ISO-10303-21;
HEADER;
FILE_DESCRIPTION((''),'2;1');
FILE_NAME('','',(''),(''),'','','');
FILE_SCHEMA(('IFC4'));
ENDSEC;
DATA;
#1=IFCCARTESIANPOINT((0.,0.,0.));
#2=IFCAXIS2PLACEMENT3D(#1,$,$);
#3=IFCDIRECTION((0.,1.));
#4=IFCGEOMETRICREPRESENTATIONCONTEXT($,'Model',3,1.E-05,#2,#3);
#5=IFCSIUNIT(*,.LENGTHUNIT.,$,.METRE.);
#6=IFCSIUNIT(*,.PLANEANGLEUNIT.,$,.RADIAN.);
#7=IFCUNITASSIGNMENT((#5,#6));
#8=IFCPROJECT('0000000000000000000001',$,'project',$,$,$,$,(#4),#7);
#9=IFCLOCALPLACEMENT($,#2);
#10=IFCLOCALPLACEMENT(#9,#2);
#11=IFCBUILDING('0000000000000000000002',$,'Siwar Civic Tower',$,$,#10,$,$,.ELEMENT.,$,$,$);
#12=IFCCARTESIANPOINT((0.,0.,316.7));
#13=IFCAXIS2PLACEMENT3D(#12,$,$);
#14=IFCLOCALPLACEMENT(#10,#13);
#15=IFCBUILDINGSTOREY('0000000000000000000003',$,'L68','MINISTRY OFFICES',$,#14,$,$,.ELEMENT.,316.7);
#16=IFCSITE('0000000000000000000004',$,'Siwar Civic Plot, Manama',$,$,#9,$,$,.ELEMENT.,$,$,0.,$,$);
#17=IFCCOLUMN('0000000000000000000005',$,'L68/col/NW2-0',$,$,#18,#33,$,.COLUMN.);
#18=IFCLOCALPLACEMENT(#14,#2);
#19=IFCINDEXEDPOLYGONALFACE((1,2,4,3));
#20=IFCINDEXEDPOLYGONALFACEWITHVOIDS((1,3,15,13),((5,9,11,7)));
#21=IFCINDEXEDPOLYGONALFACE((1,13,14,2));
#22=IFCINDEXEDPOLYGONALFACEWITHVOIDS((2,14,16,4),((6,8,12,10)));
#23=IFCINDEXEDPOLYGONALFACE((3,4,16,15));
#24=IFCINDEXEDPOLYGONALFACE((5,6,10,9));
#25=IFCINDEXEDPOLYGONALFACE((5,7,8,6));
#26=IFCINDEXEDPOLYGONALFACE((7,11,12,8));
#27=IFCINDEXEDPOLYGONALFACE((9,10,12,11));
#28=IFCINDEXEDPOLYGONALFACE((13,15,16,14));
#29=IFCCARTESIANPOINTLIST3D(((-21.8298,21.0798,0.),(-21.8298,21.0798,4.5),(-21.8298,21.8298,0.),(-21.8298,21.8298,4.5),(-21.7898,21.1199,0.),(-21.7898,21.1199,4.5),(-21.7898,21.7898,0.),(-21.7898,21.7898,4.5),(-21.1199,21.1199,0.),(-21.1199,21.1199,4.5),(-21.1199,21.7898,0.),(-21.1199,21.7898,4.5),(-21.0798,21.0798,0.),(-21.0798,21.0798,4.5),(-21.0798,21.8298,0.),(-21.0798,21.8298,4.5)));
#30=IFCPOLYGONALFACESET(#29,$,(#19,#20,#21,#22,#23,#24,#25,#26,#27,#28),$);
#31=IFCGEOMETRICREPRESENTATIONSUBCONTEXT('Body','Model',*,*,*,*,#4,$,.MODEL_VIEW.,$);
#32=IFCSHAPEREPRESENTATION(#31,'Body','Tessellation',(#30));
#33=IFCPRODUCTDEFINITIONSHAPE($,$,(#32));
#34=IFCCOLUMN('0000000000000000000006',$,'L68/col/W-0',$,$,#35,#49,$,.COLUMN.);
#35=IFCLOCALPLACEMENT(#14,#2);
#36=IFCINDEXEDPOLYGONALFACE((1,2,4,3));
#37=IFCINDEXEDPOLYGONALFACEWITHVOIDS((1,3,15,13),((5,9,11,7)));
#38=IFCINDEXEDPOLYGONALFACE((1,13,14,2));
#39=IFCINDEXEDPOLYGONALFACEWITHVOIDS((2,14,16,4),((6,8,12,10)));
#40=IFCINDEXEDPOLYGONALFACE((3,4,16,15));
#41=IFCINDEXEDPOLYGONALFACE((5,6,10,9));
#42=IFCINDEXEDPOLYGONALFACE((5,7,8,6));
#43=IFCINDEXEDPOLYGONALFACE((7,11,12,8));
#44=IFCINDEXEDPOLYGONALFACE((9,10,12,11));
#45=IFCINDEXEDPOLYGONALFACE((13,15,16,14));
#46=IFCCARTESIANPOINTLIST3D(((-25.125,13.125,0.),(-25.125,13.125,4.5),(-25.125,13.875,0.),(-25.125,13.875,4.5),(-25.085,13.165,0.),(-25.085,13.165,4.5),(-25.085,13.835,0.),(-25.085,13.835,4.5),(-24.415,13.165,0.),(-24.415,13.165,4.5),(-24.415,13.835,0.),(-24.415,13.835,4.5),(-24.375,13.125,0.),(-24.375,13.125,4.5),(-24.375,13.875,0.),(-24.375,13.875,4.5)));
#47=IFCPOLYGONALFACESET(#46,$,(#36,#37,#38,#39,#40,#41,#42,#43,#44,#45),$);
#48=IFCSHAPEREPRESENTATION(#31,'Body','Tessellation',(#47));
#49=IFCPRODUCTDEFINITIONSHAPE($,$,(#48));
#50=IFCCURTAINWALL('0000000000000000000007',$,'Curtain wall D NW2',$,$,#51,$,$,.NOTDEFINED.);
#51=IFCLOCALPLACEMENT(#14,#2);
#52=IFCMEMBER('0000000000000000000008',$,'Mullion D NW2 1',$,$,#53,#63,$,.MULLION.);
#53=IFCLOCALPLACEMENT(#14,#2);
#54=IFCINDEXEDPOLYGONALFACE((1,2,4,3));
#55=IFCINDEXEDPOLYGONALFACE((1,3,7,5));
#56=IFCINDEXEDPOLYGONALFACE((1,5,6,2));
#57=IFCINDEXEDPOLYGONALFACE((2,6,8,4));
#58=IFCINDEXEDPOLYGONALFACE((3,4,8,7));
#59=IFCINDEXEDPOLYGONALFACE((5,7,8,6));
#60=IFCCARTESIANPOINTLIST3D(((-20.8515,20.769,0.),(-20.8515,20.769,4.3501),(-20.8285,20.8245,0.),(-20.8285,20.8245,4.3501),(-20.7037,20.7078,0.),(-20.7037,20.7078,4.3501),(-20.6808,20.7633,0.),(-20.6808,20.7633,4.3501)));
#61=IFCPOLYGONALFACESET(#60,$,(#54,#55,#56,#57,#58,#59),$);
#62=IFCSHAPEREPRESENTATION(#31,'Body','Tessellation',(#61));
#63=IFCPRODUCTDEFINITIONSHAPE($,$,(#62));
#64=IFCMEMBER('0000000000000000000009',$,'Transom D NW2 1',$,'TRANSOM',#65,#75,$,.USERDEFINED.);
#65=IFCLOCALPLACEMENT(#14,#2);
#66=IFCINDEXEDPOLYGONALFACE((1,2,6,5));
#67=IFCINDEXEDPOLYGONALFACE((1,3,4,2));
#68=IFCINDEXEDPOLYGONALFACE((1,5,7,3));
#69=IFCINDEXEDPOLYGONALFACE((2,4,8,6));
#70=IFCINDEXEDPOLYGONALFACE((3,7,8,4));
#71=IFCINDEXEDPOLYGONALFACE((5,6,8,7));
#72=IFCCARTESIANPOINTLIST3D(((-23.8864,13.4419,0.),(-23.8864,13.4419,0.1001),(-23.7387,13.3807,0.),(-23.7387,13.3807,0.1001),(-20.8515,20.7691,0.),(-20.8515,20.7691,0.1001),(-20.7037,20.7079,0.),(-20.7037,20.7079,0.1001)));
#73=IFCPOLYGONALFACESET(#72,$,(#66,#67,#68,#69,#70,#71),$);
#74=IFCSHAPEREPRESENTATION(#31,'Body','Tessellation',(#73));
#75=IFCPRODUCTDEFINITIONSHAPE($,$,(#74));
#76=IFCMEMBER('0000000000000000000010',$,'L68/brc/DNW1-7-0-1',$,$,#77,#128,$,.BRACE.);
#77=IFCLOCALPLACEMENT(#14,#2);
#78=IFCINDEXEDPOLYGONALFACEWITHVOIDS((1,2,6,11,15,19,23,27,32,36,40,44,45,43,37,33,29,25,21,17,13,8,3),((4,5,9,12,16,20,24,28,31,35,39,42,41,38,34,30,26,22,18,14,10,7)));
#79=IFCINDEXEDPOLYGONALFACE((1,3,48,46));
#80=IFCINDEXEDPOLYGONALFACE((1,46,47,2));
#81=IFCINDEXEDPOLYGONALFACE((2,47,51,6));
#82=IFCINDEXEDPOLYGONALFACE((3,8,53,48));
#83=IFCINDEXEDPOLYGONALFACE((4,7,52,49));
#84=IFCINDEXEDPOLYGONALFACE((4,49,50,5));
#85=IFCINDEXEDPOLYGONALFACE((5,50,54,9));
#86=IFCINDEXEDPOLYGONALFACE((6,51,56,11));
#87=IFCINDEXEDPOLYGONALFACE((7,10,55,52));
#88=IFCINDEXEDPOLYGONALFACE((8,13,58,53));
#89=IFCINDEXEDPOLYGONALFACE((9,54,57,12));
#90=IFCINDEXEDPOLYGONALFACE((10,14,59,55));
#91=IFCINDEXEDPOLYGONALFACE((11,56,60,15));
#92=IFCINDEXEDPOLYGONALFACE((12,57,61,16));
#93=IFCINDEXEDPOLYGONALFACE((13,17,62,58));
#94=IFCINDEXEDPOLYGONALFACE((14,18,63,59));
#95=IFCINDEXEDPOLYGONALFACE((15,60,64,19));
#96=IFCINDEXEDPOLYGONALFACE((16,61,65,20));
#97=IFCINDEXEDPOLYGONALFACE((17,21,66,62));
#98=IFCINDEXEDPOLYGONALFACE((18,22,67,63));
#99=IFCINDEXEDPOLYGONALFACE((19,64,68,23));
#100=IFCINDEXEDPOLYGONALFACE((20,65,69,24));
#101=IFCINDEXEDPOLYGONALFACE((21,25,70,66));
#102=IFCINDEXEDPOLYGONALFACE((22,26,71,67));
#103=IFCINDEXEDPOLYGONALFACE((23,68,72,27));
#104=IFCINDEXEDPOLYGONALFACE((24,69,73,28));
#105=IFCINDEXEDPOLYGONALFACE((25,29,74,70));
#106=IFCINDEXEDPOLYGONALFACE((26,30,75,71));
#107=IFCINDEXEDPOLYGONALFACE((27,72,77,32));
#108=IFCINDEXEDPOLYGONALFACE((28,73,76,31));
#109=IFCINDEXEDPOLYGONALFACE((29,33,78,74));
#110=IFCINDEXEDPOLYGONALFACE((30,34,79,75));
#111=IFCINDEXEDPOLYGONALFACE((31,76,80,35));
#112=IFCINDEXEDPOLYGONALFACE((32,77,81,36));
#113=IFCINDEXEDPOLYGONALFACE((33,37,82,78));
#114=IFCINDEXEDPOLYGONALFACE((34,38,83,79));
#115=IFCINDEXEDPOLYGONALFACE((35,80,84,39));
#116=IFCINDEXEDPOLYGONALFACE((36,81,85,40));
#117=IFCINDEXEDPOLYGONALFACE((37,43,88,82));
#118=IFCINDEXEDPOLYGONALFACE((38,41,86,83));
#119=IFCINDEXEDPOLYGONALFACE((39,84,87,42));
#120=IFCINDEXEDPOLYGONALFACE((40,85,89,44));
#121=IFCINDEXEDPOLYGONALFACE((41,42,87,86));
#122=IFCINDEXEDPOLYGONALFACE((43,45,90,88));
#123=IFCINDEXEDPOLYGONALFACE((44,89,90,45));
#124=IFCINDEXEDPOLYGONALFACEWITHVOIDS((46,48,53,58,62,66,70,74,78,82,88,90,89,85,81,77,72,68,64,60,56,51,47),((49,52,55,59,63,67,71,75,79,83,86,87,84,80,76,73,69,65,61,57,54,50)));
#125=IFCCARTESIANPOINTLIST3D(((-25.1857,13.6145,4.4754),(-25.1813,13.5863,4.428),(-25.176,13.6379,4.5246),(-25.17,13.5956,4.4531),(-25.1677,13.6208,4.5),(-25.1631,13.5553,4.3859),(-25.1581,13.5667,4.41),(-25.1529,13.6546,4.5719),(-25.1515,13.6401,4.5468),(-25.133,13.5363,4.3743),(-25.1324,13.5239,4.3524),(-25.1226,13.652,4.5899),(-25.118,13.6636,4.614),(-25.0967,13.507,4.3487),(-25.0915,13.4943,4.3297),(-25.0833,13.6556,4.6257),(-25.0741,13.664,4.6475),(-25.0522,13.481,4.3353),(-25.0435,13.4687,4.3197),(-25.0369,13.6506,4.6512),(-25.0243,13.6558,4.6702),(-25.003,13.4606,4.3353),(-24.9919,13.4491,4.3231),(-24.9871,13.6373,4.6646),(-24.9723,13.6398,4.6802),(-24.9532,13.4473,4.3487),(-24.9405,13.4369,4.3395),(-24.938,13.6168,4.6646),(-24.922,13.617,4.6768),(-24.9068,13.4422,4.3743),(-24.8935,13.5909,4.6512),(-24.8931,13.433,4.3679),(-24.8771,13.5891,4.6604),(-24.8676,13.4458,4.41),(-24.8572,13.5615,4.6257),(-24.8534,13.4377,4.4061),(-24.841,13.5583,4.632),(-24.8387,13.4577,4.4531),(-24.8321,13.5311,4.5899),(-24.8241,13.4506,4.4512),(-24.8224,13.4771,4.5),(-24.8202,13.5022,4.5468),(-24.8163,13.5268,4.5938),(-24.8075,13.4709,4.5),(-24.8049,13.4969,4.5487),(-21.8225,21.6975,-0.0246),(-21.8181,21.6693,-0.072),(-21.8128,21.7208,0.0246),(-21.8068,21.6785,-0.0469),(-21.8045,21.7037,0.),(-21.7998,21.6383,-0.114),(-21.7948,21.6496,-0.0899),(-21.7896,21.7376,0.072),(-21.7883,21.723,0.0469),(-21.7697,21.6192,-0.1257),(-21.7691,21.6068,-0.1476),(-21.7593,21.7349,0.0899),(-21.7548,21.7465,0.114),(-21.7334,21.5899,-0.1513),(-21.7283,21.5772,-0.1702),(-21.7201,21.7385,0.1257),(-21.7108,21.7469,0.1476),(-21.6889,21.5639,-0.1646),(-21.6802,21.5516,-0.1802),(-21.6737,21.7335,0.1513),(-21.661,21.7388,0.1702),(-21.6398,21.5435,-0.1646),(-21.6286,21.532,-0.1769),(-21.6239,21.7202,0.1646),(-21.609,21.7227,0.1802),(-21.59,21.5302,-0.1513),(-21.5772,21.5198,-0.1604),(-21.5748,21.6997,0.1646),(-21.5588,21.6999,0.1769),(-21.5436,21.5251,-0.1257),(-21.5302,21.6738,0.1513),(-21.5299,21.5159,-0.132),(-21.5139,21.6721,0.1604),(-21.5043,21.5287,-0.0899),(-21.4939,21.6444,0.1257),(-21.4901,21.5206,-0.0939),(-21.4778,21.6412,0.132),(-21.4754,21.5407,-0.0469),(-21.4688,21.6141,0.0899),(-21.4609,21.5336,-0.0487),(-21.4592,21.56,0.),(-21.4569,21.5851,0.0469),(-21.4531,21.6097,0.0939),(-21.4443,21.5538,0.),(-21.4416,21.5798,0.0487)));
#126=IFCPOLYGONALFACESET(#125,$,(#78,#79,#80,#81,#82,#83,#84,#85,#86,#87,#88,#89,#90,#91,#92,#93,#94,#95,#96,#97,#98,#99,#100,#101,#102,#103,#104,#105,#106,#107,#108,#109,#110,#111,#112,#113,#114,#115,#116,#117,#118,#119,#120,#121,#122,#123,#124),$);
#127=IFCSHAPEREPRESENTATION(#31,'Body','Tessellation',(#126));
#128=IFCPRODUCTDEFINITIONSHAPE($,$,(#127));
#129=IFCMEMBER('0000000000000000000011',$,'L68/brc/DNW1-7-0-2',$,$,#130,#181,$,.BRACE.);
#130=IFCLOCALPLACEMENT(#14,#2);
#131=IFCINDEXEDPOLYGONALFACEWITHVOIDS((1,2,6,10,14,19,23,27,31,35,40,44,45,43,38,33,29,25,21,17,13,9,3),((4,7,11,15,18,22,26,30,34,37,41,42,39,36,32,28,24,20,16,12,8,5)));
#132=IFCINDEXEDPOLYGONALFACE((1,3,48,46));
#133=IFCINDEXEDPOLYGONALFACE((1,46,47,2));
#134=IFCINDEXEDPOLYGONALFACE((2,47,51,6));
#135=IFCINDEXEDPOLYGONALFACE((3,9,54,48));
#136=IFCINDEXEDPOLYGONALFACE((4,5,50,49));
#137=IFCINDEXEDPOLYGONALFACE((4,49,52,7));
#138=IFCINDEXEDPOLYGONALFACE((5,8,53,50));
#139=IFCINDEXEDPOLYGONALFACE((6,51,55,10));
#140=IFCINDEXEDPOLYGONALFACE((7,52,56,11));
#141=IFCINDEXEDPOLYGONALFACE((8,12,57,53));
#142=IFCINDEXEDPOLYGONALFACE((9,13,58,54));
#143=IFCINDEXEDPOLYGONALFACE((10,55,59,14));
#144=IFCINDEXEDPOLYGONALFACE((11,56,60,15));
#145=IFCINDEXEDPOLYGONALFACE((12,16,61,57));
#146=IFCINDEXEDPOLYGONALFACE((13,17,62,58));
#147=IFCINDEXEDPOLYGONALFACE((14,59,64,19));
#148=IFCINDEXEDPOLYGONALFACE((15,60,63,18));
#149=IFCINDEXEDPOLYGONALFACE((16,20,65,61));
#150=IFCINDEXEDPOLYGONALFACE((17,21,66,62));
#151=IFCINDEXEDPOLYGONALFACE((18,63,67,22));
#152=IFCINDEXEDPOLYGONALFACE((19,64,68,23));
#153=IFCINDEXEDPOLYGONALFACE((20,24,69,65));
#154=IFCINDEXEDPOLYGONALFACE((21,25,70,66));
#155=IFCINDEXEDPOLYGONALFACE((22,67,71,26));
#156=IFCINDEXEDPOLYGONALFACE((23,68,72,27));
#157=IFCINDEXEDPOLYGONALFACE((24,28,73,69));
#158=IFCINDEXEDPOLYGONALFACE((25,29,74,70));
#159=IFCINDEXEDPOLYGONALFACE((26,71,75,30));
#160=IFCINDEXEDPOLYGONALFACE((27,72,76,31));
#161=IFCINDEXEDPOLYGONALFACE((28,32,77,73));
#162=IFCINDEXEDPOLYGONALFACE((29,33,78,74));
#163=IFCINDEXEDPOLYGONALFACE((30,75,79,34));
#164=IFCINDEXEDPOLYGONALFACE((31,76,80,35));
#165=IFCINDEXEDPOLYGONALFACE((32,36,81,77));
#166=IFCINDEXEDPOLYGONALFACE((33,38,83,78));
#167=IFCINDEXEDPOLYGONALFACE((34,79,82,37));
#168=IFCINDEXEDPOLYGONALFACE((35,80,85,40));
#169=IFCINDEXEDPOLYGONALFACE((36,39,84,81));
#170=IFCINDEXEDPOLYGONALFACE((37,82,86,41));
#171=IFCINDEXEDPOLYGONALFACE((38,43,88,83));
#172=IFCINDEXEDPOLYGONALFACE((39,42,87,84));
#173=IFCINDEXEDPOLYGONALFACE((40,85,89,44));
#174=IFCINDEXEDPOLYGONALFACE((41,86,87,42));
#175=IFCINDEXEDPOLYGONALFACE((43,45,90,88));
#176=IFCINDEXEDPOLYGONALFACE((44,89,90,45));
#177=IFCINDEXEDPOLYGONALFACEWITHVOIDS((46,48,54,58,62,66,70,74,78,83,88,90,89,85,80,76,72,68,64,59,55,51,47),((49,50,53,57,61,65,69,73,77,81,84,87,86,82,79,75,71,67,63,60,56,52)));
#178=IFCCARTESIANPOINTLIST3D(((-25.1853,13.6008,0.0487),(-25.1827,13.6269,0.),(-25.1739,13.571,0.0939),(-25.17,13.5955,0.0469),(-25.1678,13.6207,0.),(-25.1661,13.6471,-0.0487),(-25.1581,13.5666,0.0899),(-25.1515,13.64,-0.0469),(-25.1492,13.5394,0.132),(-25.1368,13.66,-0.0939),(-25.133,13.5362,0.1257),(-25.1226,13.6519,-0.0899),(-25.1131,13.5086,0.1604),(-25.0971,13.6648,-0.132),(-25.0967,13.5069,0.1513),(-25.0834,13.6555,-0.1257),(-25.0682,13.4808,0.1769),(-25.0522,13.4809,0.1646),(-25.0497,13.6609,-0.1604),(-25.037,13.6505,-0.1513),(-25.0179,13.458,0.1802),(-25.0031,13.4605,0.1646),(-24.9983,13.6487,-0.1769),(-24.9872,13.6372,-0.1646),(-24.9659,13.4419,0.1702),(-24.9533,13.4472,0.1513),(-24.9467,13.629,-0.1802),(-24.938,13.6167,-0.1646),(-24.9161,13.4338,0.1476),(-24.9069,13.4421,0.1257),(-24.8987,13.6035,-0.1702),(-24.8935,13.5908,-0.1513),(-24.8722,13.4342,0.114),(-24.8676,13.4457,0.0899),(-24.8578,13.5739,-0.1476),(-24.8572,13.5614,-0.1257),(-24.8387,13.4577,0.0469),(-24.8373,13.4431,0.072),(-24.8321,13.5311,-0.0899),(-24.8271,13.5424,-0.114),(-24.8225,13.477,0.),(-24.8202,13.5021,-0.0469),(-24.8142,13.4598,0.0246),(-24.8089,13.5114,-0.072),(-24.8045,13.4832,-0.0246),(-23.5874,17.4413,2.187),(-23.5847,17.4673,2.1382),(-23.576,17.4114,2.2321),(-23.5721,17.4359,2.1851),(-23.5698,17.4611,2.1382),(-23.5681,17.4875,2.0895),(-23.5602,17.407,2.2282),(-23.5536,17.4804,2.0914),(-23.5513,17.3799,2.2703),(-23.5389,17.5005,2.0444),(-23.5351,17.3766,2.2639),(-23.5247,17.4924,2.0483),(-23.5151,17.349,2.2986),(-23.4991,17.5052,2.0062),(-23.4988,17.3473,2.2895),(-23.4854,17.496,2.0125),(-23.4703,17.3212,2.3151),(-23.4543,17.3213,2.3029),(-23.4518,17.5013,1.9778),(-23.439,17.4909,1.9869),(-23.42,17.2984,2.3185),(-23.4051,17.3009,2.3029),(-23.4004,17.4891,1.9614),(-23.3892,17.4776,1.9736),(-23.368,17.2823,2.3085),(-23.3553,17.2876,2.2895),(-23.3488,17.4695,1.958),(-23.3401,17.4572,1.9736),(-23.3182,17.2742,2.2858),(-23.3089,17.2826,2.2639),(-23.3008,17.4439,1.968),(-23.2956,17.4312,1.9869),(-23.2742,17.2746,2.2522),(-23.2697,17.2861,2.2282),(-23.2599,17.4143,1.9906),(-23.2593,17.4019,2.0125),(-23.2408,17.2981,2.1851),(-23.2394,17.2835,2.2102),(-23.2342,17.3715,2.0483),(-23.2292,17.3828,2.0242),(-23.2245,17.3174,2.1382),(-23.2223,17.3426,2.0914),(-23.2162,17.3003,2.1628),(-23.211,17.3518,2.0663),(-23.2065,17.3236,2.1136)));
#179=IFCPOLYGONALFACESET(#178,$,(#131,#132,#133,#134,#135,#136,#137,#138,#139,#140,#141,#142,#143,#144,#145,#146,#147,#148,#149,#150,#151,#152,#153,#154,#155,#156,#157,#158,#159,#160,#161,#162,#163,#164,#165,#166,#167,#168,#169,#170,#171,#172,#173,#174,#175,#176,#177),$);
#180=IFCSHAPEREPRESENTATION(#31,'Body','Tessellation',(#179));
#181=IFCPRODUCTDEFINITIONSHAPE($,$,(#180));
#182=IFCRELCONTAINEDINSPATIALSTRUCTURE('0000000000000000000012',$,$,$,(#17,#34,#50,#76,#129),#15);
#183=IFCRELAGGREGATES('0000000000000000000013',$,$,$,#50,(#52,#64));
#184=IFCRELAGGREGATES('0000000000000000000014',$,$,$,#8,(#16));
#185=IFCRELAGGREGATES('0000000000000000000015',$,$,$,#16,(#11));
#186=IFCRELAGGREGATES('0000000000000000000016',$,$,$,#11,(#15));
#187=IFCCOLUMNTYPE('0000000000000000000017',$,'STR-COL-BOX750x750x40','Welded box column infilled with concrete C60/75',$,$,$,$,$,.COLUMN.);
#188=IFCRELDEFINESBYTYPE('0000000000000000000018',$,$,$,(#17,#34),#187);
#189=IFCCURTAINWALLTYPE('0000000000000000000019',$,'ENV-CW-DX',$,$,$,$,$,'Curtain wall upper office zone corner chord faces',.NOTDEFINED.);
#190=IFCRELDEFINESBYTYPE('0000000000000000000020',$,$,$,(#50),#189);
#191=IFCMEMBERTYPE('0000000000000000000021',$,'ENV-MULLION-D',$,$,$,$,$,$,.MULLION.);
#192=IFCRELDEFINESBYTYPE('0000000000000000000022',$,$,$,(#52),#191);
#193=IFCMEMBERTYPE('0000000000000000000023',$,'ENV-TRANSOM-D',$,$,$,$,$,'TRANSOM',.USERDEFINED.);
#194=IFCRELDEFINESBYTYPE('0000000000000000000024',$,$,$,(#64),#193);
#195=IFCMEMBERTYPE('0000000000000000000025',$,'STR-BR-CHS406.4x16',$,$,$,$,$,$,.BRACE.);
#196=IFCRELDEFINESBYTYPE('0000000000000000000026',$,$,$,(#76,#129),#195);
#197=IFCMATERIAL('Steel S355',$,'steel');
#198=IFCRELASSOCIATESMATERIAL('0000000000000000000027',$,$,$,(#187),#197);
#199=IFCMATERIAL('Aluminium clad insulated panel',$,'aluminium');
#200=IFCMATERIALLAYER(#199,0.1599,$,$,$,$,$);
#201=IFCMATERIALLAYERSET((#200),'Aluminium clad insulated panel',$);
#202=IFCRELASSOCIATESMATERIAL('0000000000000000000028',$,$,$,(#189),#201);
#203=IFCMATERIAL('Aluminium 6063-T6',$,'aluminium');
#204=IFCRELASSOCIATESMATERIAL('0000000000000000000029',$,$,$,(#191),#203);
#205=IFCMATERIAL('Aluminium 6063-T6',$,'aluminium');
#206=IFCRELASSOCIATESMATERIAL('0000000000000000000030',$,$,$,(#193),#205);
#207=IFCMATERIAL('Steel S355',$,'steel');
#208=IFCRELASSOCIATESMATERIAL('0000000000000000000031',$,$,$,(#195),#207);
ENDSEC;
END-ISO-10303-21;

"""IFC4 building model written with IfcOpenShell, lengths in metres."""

from ifc_helpers import new_model, si_unit, direction, frame, origin, origin_2d, place, context, subcontext, project, spatial, rectangle, hollow_rectangle, hollow_circle, extrude, material, layer, layer_set, material_profile, profile_set, type_object, element, aggregate, save


model = new_model("IFC4")

# Units and contexts
model_context = context("Model", 3, precision=1e-05, world=origin(), true_north=direction((0.0, 1.0)))
body_context = subcontext(model_context, "Body", "Model", "MODEL_VIEW")
ifc_project = project(units=[si_unit("LENGTHUNIT", "METRE"), si_unit("PLANEANGLEUNIT", "RADIAN")], contexts=[model_context])

# Site, building, storey
site_placement = place(None, origin())
site = spatial("IfcSite", under=ifc_project, at=site_placement, Name="Siwar Civic Plot, Manama", CompositionType="ELEMENT", RefElevation=0.0)
building_placement = place(site_placement, origin())
building = spatial("IfcBuilding", under=site, at=building_placement, Name="Siwar Civic Tower", CompositionType="ELEMENT")
storey_placement = place(building_placement, frame((0.0, 0.0, 316.7)))
storey = spatial("IfcBuildingStorey", under=building, at=storey_placement, Name="L68", Description="MINISTRY OFFICES", CompositionType="ELEMENT", Elevation=316.7)

# Columns
ifc_material_1 = material(Name="Steel S355", Category="steel")
ifc_material_profile_1 = material_profile(ifc_material_1, hollow_rectangle(XDim=0.75, YDim=0.75, WallThickness=0.04, at=origin_2d()), Name="BOX750x750x40")
ifc_profile_set_1 = profile_set([ifc_material_profile_1], Name="Steel S355")
column_type = type_object("IfcColumnType", Name="STR-COL-BOX750x750x40", Description="Welded box column infilled with concrete C60/75", PredefinedType="COLUMN", material=ifc_profile_set_1)
for number, where, z_axis, x_axis, name in (
    (1, (-21.4548, 21.4548, 0.0), (0.0, 0.0, 1.0), (1.0, 0.0, 0.0), "L68/col/NW2-0"),
    (2, (-24.75, 13.5, 0.0), (0.0, 0.0, 1.0), (1.0, 0.0, 0.0), "L68/col/W-0"),
):
    element("IfcColumn", number, at=place(storey_placement, frame(where, z_axis=z_axis, x_axis=x_axis)), inside=storey, type_object=column_type, Name=name, PredefinedType="COLUMN", context=body_context, shape_type="SweptSolid", body=[
        extrude(hollow_rectangle(XDim=0.75, YDim=0.75, WallThickness=0.04, at=origin_2d()), origin(), (0.0, 0.0, 1.0), 4.5),
    ])

# Curtain wall, members
ifc_material_2 = material(Name="Aluminium clad insulated panel", Category="aluminium")
ifc_layer_1 = layer(ifc_material_2, 0.1599)
ifc_layer_set_1 = layer_set([ifc_layer_1], Name="Aluminium clad insulated panel")
curtain_wall_type = type_object("IfcCurtainWallType", Name="ENV-CW-DX", ElementType="Curtain wall upper office zone corner chord faces", PredefinedType="NOTDEFINED", material=ifc_layer_set_1)
curtain_wall_1_placement = place(storey_placement, origin())
curtain_wall_1 = element("IfcCurtainWall", 3, at=curtain_wall_1_placement, inside=storey, type_object=curtain_wall_type, Name="Curtain wall D NW2", PredefinedType="NOTDEFINED")
ifc_material_3 = material(Name="Aluminium 6063-T6", Category="aluminium")
ifc_material_profile_2 = material_profile(ifc_material_3, rectangle(XDim=0.1599, YDim=0.0601, at=origin_2d()), Name="AL 160x60")
ifc_profile_set_2 = profile_set([ifc_material_profile_2], Name="Aluminium 6063-T6")
member_type_1 = type_object("IfcMemberType", Name="ENV-MULLION-D", PredefinedType="MULLION", material=ifc_profile_set_2)
member_1_placement = place(storey_placement, frame((-20.7661, 20.7661, 0.0), z_axis=(0.0, 0.0, 1.0), x_axis=(0.92388, -0.382683, 0.0)))
member_1 = element("IfcMember", 4, at=member_1_placement, type_object=member_type_1, Name="Mullion D NW2 1", PredefinedType="MULLION", context=body_context, shape_type="SweptSolid", body=[
    extrude(rectangle(XDim=0.1599, YDim=0.0601, at=origin_2d()), origin(), (0.0, 0.0, 1.0), 4.3501),
])
ifc_material_4 = material(Name="Aluminium 6063-T6", Category="aluminium")
ifc_material_profile_3 = material_profile(ifc_material_4, rectangle(XDim=0.1599, YDim=0.1001, at=origin_2d()), Name="AL 160x100")
ifc_profile_set_3 = profile_set([ifc_material_profile_3], Name="Aluminium 6063-T6")
member_type_2 = type_object("IfcMemberType", Name="ENV-TRANSOM-D", ElementType="TRANSOM", PredefinedType="USERDEFINED", material=ifc_profile_set_3)
member_2_placement = place(storey_placement, frame((-20.7776, 20.7385, 0.05), z_axis=(-0.382674, -0.923884, 0.0), x_axis=(0.923884, -0.382674, 0.0)))
member_2 = element("IfcMember", 5, at=member_2_placement, type_object=member_type_2, Name="Transom D NW2 1", ObjectType="TRANSOM", PredefinedType="USERDEFINED", context=body_context, shape_type="SweptSolid", body=[
    extrude(rectangle(XDim=0.1599, YDim=0.1001, at=origin_2d()), origin(), (0.0, 0.0, 1.0), 7.9309),
])

# Members
ifc_material_5 = material(Name="Steel S355", Category="steel")
ifc_material_profile_4 = material_profile(ifc_material_5, hollow_circle(Radius=0.2031, WallThickness=0.0161, at=origin_2d()), Name="CHS406.4x16")
ifc_profile_set_4 = profile_set([ifc_material_profile_4], Name="Steel S355")
member_type_3 = type_object("IfcMemberType", Name="STR-BR-CHS406.4x16", PredefinedType="BRACE", material=ifc_profile_set_4)
member_3_placement = place(storey_placement, frame((-21.6318, 21.6318, 0.0), z_axis=(-0.341671, -0.821143, 0.457149), x_axis=(0.923265, -0.384164, 0.0)))
element("IfcMember", 6, at=member_3_placement, inside=storey, type_object=member_type_3, Name="L68/brc/DNW1-7-0-1", PredefinedType="BRACE", context=body_context, shape_type="SweptSolid", body=[
    extrude(hollow_circle(Radius=0.2031, WallThickness=0.0161, at=origin_2d()), origin(), (0.0, 0.0, 1.0), 9.8435),
])
for number, where, z_axis, x_axis, name in (
    (7, (-24.9951, 13.5488, 0.0), (0.341659, 0.82113, 0.457181), (-0.923268, 0.384157, 0.0), "L68/brc/DNW1-7-0-2"),
):
    element("IfcMember", number, at=place(storey_placement, frame(where, z_axis=z_axis, x_axis=x_axis)), inside=storey, type_object=member_type_3, Name=name, PredefinedType="BRACE", context=body_context, shape_type="SweptSolid", body=[
        extrude(hollow_circle(Radius=0.2031, WallThickness=0.0161, at=origin_2d()), origin(), (0.0, 0.0, 1.0), 4.677),
    ])

aggregate(curtain_wall_1, [member_1, member_2])

save(model, "model.ifc")
